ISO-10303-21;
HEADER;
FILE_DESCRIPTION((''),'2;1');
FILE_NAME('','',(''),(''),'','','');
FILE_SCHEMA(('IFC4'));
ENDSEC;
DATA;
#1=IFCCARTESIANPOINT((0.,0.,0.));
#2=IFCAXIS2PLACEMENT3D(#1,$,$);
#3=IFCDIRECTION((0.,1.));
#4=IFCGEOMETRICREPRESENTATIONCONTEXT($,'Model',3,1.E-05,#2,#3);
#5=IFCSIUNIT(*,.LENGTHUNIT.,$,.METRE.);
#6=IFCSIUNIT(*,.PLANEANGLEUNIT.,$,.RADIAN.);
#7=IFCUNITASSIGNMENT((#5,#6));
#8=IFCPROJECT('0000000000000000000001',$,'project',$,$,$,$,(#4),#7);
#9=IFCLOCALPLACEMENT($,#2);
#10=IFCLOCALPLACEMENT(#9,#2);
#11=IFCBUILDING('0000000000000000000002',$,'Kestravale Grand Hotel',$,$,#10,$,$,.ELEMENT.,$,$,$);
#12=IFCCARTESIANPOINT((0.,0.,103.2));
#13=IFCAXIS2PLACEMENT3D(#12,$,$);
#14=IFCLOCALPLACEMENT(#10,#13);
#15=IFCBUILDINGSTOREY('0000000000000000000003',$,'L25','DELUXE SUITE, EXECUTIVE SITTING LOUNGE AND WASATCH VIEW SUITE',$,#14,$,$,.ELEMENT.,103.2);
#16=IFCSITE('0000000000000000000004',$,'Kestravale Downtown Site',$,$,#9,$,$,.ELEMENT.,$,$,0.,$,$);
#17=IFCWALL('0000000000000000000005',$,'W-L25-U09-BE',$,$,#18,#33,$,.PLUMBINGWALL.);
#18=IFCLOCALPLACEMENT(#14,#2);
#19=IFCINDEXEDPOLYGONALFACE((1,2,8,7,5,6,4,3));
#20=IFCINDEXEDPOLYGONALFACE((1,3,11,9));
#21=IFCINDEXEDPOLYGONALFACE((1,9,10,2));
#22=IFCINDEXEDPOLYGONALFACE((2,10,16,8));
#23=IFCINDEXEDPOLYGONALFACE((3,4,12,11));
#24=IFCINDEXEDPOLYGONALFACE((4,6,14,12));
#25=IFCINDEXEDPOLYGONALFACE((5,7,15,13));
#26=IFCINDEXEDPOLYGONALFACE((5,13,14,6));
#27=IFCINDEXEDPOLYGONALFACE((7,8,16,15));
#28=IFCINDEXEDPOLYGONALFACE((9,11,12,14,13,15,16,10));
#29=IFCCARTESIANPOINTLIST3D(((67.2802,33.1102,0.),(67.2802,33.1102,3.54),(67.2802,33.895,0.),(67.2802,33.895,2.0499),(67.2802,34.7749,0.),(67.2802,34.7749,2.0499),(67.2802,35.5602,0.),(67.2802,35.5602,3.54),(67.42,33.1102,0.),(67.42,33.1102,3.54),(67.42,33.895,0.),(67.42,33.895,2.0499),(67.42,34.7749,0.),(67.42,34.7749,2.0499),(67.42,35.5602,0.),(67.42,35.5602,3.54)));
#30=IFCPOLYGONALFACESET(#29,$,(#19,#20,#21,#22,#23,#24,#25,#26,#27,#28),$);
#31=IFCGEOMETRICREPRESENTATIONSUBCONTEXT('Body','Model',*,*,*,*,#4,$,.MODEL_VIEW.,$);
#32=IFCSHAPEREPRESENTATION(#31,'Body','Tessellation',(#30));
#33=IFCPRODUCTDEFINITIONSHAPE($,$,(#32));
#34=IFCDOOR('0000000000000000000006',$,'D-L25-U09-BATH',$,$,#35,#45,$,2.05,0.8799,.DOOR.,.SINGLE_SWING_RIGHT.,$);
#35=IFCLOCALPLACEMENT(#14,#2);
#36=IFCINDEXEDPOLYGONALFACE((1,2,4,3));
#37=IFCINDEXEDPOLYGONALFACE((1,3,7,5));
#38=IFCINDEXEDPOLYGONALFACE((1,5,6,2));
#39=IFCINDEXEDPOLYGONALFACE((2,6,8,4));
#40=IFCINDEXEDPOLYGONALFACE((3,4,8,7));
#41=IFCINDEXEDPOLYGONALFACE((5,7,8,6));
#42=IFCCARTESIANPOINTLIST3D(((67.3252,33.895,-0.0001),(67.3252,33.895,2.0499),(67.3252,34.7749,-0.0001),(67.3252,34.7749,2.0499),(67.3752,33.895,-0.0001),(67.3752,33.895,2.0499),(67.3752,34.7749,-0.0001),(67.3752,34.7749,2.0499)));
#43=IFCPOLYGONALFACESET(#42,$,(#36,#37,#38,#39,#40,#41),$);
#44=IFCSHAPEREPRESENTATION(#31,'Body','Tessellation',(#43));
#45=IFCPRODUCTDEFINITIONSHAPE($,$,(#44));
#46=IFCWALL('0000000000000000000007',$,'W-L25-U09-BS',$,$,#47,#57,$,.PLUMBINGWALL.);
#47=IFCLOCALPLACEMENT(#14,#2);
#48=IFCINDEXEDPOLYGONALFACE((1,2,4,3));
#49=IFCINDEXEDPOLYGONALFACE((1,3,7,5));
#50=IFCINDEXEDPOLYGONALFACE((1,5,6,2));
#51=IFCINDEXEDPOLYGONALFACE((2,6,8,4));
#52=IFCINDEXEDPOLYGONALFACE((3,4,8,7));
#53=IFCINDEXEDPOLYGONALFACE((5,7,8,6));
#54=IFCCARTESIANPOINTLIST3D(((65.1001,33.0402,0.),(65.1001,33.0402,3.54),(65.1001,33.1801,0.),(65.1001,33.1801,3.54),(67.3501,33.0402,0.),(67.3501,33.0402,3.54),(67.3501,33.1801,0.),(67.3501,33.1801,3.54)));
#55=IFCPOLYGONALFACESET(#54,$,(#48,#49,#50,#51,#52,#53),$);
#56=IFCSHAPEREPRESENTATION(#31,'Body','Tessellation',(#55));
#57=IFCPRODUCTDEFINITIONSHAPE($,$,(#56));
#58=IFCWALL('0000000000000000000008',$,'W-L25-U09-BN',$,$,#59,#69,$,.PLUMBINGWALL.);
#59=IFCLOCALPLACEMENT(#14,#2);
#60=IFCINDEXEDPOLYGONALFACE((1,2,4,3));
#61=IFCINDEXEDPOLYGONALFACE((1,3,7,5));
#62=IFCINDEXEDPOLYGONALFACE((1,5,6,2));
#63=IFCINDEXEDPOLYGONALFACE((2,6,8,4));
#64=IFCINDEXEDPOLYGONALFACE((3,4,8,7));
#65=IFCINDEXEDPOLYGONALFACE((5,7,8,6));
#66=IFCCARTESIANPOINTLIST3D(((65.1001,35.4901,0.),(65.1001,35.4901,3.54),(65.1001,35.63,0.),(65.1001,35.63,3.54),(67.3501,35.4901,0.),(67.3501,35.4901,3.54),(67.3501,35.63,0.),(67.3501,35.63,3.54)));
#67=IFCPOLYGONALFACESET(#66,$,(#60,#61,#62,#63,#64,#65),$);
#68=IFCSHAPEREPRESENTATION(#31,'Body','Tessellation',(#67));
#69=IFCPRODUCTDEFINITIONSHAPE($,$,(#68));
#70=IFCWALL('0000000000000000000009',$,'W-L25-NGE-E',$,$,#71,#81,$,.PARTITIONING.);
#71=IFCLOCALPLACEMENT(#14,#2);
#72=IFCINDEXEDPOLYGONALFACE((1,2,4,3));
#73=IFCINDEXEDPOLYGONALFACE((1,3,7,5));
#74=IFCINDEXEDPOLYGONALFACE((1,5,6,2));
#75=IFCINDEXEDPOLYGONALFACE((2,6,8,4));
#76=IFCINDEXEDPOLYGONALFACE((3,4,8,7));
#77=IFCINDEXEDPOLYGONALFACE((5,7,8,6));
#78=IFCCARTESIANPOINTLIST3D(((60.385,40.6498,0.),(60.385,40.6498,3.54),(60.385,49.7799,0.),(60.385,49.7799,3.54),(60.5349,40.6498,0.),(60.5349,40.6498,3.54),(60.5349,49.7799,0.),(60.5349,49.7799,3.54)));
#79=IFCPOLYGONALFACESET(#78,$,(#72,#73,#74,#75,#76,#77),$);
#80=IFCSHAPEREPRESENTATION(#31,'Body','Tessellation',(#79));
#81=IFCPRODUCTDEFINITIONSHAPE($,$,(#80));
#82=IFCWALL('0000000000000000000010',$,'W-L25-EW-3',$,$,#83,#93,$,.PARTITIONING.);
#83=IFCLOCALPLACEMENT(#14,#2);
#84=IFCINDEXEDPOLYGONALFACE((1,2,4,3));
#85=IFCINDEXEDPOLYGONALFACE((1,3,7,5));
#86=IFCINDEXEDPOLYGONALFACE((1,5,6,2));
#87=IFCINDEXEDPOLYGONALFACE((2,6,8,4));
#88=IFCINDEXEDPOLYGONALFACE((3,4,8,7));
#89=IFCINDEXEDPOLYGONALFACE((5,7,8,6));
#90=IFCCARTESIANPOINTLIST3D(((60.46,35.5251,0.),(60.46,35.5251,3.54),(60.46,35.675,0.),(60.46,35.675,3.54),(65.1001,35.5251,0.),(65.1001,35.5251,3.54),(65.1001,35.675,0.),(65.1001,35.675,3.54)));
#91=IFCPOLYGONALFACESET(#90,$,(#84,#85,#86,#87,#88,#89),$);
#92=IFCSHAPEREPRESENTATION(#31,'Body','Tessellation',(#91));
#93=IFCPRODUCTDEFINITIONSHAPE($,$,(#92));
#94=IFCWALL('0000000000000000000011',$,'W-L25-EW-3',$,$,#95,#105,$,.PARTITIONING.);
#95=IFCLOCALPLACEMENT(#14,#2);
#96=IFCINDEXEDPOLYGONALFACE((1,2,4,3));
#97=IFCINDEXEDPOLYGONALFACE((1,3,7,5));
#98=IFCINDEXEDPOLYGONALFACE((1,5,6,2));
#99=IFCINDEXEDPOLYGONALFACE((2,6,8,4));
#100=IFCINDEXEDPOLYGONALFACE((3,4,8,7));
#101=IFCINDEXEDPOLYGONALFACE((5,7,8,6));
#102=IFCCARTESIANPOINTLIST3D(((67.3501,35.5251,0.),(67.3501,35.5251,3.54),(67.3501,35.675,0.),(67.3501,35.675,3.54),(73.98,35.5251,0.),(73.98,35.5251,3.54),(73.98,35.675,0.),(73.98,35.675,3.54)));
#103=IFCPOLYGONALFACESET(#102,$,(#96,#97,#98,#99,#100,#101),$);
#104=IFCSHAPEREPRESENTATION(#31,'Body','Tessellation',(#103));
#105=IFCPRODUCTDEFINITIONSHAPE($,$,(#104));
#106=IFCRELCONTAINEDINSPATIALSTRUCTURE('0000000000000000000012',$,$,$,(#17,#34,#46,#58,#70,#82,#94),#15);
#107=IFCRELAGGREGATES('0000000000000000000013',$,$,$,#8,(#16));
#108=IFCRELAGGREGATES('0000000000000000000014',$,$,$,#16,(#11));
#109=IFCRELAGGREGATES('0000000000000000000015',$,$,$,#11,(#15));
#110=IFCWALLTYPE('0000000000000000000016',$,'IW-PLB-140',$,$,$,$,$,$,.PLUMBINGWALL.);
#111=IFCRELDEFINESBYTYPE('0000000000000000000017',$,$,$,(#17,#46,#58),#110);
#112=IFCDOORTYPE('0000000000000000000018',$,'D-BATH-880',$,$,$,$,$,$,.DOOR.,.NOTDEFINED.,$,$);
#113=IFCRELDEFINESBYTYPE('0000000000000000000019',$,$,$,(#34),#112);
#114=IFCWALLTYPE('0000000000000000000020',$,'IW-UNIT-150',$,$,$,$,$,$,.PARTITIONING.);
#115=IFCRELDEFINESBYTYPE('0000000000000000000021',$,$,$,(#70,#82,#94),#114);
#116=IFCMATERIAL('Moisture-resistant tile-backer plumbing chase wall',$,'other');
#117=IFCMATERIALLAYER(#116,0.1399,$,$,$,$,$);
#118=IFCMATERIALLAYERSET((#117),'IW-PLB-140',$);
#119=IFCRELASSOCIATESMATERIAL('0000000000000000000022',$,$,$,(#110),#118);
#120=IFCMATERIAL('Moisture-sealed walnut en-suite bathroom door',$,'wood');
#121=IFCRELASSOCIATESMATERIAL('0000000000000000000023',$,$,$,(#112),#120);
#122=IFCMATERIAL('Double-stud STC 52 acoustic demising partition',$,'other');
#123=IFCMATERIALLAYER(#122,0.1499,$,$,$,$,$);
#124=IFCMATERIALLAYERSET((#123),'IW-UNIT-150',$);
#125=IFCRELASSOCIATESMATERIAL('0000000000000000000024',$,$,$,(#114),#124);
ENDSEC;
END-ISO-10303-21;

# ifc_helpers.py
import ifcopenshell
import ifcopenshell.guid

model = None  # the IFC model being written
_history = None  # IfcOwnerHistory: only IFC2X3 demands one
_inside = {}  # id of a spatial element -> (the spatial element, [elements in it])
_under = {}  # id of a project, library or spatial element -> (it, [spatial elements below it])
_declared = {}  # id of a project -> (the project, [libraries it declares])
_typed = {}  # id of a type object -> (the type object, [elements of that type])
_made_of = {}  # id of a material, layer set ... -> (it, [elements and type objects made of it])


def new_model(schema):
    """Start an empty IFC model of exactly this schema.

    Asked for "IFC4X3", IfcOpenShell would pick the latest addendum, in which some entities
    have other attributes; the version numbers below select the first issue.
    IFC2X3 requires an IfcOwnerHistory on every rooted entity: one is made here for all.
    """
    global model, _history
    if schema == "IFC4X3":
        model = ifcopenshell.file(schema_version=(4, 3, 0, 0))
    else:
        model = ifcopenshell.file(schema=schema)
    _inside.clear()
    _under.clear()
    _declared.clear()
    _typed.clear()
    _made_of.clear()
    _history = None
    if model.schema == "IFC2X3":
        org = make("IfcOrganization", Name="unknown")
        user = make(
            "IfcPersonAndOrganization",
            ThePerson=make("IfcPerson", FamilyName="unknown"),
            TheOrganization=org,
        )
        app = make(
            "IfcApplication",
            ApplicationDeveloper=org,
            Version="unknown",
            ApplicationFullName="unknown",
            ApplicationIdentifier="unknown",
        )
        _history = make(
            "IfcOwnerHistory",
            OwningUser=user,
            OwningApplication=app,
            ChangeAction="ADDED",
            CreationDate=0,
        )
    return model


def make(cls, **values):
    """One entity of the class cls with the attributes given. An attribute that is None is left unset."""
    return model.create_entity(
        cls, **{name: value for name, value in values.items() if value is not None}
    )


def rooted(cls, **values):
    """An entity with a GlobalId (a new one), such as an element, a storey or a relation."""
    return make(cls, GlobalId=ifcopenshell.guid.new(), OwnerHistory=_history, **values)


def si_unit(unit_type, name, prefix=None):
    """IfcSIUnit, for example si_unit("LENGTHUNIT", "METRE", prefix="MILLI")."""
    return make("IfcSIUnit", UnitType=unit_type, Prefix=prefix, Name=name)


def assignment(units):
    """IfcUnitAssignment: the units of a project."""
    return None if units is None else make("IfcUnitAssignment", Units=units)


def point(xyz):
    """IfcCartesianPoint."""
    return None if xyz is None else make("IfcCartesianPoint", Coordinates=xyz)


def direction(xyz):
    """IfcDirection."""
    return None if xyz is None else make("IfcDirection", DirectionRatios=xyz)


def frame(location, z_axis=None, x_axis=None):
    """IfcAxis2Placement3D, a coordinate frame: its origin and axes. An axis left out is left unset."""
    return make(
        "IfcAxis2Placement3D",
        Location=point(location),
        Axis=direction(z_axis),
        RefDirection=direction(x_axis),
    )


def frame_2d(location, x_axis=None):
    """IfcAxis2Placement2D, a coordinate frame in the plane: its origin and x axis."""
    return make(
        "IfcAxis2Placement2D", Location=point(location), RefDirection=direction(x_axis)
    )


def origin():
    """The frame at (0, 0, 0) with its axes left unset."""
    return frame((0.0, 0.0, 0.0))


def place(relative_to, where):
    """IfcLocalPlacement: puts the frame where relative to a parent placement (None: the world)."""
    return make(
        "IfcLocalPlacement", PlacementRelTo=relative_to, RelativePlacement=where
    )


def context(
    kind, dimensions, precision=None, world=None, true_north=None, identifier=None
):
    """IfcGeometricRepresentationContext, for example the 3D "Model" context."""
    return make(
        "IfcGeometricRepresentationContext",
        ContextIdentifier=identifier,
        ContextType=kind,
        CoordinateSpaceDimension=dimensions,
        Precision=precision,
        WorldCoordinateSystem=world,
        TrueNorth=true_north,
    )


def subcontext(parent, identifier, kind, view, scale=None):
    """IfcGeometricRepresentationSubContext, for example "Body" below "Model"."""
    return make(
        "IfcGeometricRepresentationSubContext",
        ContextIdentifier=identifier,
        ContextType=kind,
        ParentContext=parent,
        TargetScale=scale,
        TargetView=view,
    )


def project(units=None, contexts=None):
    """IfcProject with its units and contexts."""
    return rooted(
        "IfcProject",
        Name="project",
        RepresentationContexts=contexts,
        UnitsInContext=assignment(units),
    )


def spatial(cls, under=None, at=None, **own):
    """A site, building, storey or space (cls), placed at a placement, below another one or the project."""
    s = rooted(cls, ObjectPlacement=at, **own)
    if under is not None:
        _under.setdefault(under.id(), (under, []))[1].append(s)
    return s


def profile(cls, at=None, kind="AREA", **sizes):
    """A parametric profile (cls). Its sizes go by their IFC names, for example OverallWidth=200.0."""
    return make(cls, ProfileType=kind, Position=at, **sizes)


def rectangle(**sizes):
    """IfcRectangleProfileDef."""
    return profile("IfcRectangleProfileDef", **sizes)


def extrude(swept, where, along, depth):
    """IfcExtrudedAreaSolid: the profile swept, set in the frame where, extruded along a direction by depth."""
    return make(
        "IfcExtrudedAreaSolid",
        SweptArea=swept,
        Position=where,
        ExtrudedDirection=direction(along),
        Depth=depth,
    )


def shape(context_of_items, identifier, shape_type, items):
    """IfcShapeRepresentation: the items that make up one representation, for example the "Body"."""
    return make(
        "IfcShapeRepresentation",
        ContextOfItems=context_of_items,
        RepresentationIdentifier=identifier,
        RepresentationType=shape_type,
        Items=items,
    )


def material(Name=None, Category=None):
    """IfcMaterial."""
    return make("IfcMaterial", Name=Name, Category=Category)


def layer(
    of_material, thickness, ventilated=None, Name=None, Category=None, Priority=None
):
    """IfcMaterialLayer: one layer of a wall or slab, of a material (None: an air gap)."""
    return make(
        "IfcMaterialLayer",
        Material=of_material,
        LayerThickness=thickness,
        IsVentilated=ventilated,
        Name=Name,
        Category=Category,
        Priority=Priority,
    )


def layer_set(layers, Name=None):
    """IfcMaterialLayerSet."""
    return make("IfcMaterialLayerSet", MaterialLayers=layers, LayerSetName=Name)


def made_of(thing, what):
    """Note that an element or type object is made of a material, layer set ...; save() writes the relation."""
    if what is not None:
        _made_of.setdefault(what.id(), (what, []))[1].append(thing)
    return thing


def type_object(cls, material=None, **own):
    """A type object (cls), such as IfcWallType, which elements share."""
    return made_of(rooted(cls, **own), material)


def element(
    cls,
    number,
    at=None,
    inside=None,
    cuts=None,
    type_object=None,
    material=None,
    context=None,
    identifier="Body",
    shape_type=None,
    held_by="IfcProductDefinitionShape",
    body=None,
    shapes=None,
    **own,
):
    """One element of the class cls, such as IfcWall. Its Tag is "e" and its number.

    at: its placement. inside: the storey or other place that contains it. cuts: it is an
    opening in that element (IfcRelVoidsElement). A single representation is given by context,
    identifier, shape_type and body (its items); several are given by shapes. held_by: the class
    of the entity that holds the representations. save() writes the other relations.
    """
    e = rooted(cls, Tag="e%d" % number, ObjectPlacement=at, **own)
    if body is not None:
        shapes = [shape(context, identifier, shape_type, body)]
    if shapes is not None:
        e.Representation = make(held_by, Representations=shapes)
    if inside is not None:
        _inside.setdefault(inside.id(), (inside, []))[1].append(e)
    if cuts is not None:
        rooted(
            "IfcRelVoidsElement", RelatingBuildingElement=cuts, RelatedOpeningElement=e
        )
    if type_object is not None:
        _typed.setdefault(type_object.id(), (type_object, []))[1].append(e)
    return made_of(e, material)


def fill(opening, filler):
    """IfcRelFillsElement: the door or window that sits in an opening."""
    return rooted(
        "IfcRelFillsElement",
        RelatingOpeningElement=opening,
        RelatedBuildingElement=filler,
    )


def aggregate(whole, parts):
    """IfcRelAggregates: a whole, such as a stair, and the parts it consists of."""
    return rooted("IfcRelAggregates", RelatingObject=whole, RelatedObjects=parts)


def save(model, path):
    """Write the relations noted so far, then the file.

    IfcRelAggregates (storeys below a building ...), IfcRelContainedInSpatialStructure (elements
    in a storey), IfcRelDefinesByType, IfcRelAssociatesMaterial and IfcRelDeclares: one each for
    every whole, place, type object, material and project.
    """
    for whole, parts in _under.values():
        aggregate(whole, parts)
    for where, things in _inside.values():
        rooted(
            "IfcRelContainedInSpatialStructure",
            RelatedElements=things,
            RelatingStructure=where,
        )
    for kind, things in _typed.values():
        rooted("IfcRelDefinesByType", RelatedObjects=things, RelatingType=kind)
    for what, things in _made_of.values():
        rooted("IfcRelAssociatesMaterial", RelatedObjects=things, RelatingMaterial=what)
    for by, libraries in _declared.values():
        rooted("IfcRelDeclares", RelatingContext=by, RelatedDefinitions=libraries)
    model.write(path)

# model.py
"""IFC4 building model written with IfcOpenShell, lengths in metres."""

from ifc_helpers import new_model, si_unit, direction, frame, frame_2d, origin, place, context, subcontext, project, spatial, rectangle, extrude, material, layer, layer_set, type_object, element, fill, save


model = new_model("IFC4")

# Units and contexts
model_context = context("Model", 3, precision=1e-05, world=origin(), true_north=direction((0.0, 1.0)))
body_context = subcontext(model_context, "Body", "Model", "MODEL_VIEW")
ifc_project = project(units=[si_unit("LENGTHUNIT", "METRE"), si_unit("PLANEANGLEUNIT", "RADIAN")], contexts=[model_context])

# Site, building, storey
site_placement = place(None, origin())
site = spatial("IfcSite", under=ifc_project, at=site_placement, Name="Kestravale Downtown Site", CompositionType="ELEMENT", RefElevation=0.0)
building_placement = place(site_placement, origin())
building = spatial("IfcBuilding", under=site, at=building_placement, Name="Kestravale Grand Hotel", CompositionType="ELEMENT")
storey_placement = place(building_placement, frame((0.0, 0.0, 103.2)))
storey = spatial("IfcBuildingStorey", under=building, at=storey_placement, Name="L25", Description="DELUXE SUITE, EXECUTIVE SITTING LOUNGE AND WASATCH VIEW SUITE", CompositionType="ELEMENT", Elevation=103.2)

# Shared definitions
ifc_material_1 = material(Name="Moisture-resistant tile-backer plumbing chase wall", Category="other")
ifc_layer_1 = layer(ifc_material_1, 0.1399)
ifc_layer_set_1 = layer_set([ifc_layer_1], Name="IW-PLB-140")
wall_type_1 = type_object("IfcWallType", Name="IW-PLB-140", PredefinedType="PLUMBINGWALL", material=ifc_layer_set_1)

# Wall, opening, door
wall_1_placement = place(storey_placement, frame((67.3501, 33.1101, 0.0), z_axis=(0.0, 0.0, 1.0), x_axis=(0.0, 1.0, 0.0)))
wall_1 = element("IfcWall", 1, at=wall_1_placement, inside=storey, type_object=wall_type_1, Name="W-L25-U09-BE", PredefinedType="PLUMBINGWALL", context=body_context, shape_type="SweptSolid", body=[
    extrude(rectangle(XDim=2.45, YDim=0.1399, at=frame_2d((1.2251, 0.0))), origin(), (0.0, 0.0, 1.0), 3.54),
])
opening_1_placement = place(wall_1_placement, frame((0.7849, 0.0, 0.0)))
opening_1 = element("IfcOpeningElement", 2, at=opening_1_placement, cuts=wall_1, PredefinedType="OPENING", context=body_context, shape_type="SweptSolid", body=[
    extrude(rectangle(XDim=0.8799, YDim=2.05, at=frame_2d((0.4399, 1.0249))), frame((0.0, 0.0798, 0.0), z_axis=(0.0, -1.0, 0.0), x_axis=(1.0, 0.0, 0.0)), (0.0, 0.0, 1.0), 0.1599),
])
ifc_material_2 = material(Name="Moisture-sealed walnut en-suite bathroom door", Category="wood")
door_type = type_object("IfcDoorType", Name="D-BATH-880", OperationType="NOTDEFINED", PredefinedType="DOOR", material=ifc_material_2)
door_placement = place(opening_1_placement, origin())
door = element("IfcDoor", 3, at=door_placement, inside=storey, type_object=door_type, Name="D-L25-U09-BATH", OperationType="SINGLE_SWING_RIGHT", OverallHeight=2.05, OverallWidth=0.8799, PredefinedType="DOOR", context=body_context, shape_type="SweptSolid", body=[
    extrude(rectangle(XDim=0.8799, YDim=2.05, at=frame_2d((0.4399, 1.0249))), frame((0.0, 0.0249, 0.0), z_axis=(0.0, -1.0, 0.0), x_axis=(1.0, 0.0, 0.0)), (0.0, 0.0, 1.0), 0.05),
])
fill(opening_1, door)

# Walls
for number, where, z_axis, x_axis, name in (
    (4, (65.1001, 33.1101, 0.0), (0.0, 0.0, 1.0), (1.0, 0.0, 0.0), "W-L25-U09-BS"),
    (5, (65.1001, 35.5601, 0.0), (0.0, 0.0, 1.0), (1.0, 0.0, 0.0), "W-L25-U09-BN"),
):
    element("IfcWall", number, at=place(storey_placement, frame(where, z_axis=z_axis, x_axis=x_axis)), inside=storey, type_object=wall_type_1, Name=name, PredefinedType="PLUMBINGWALL", context=body_context, shape_type="SweptSolid", body=[
        extrude(rectangle(XDim=2.25, YDim=0.1399, at=frame_2d((1.125, 0.0))), origin(), (0.0, 0.0, 1.0), 3.54),
    ])
ifc_material_3 = material(Name="Double-stud STC 52 acoustic demising partition", Category="other")
ifc_layer_2 = layer(ifc_material_3, 0.1499)
ifc_layer_set_2 = layer_set([ifc_layer_2], Name="IW-UNIT-150")
wall_type_2 = type_object("IfcWallType", Name="IW-UNIT-150", PredefinedType="PARTITIONING", material=ifc_layer_set_2)
wall_2_placement = place(storey_placement, frame((60.46, 40.6499, 0.0), z_axis=(0.0, 0.0, 1.0), x_axis=(0.0, 1.0, 0.0)))
element("IfcWall", 6, at=wall_2_placement, inside=storey, type_object=wall_type_2, Name="W-L25-NGE-E", PredefinedType="PARTITIONING", context=body_context, shape_type="SweptSolid", body=[
    extrude(rectangle(XDim=9.1301, YDim=0.1499, at=frame_2d((4.5649, 0.0))), origin(), (0.0, 0.0, 1.0), 3.54),
])
wall_3_placement = place(storey_placement, frame((60.46, 35.6001, 0.0), z_axis=(0.0, 0.0, 1.0), x_axis=(1.0, 0.0, 0.0)))
element("IfcWall", 7, at=wall_3_placement, inside=storey, type_object=wall_type_2, Name="W-L25-EW-3", PredefinedType="PARTITIONING", context=body_context, shape_type="SweptSolid", body=[
    extrude(rectangle(XDim=4.6401, YDim=0.1499, at=frame_2d((2.3201, 0.0))), origin(), (0.0, 0.0, 1.0), 3.54),
])
wall_4_placement = place(storey_placement, frame((67.3501, 35.6001, 0.0), z_axis=(0.0, 0.0, 1.0), x_axis=(1.0, 0.0, 0.0)))
element("IfcWall", 8, at=wall_4_placement, inside=storey, type_object=wall_type_2, Name="W-L25-EW-3", PredefinedType="PARTITIONING", context=body_context, shape_type="SweptSolid", body=[
    extrude(rectangle(XDim=6.6299, YDim=0.1499, at=frame_2d((3.3149, 0.0))), origin(), (0.0, 0.0, 1.0), 3.54),
])

save(model, "model.ifc")
